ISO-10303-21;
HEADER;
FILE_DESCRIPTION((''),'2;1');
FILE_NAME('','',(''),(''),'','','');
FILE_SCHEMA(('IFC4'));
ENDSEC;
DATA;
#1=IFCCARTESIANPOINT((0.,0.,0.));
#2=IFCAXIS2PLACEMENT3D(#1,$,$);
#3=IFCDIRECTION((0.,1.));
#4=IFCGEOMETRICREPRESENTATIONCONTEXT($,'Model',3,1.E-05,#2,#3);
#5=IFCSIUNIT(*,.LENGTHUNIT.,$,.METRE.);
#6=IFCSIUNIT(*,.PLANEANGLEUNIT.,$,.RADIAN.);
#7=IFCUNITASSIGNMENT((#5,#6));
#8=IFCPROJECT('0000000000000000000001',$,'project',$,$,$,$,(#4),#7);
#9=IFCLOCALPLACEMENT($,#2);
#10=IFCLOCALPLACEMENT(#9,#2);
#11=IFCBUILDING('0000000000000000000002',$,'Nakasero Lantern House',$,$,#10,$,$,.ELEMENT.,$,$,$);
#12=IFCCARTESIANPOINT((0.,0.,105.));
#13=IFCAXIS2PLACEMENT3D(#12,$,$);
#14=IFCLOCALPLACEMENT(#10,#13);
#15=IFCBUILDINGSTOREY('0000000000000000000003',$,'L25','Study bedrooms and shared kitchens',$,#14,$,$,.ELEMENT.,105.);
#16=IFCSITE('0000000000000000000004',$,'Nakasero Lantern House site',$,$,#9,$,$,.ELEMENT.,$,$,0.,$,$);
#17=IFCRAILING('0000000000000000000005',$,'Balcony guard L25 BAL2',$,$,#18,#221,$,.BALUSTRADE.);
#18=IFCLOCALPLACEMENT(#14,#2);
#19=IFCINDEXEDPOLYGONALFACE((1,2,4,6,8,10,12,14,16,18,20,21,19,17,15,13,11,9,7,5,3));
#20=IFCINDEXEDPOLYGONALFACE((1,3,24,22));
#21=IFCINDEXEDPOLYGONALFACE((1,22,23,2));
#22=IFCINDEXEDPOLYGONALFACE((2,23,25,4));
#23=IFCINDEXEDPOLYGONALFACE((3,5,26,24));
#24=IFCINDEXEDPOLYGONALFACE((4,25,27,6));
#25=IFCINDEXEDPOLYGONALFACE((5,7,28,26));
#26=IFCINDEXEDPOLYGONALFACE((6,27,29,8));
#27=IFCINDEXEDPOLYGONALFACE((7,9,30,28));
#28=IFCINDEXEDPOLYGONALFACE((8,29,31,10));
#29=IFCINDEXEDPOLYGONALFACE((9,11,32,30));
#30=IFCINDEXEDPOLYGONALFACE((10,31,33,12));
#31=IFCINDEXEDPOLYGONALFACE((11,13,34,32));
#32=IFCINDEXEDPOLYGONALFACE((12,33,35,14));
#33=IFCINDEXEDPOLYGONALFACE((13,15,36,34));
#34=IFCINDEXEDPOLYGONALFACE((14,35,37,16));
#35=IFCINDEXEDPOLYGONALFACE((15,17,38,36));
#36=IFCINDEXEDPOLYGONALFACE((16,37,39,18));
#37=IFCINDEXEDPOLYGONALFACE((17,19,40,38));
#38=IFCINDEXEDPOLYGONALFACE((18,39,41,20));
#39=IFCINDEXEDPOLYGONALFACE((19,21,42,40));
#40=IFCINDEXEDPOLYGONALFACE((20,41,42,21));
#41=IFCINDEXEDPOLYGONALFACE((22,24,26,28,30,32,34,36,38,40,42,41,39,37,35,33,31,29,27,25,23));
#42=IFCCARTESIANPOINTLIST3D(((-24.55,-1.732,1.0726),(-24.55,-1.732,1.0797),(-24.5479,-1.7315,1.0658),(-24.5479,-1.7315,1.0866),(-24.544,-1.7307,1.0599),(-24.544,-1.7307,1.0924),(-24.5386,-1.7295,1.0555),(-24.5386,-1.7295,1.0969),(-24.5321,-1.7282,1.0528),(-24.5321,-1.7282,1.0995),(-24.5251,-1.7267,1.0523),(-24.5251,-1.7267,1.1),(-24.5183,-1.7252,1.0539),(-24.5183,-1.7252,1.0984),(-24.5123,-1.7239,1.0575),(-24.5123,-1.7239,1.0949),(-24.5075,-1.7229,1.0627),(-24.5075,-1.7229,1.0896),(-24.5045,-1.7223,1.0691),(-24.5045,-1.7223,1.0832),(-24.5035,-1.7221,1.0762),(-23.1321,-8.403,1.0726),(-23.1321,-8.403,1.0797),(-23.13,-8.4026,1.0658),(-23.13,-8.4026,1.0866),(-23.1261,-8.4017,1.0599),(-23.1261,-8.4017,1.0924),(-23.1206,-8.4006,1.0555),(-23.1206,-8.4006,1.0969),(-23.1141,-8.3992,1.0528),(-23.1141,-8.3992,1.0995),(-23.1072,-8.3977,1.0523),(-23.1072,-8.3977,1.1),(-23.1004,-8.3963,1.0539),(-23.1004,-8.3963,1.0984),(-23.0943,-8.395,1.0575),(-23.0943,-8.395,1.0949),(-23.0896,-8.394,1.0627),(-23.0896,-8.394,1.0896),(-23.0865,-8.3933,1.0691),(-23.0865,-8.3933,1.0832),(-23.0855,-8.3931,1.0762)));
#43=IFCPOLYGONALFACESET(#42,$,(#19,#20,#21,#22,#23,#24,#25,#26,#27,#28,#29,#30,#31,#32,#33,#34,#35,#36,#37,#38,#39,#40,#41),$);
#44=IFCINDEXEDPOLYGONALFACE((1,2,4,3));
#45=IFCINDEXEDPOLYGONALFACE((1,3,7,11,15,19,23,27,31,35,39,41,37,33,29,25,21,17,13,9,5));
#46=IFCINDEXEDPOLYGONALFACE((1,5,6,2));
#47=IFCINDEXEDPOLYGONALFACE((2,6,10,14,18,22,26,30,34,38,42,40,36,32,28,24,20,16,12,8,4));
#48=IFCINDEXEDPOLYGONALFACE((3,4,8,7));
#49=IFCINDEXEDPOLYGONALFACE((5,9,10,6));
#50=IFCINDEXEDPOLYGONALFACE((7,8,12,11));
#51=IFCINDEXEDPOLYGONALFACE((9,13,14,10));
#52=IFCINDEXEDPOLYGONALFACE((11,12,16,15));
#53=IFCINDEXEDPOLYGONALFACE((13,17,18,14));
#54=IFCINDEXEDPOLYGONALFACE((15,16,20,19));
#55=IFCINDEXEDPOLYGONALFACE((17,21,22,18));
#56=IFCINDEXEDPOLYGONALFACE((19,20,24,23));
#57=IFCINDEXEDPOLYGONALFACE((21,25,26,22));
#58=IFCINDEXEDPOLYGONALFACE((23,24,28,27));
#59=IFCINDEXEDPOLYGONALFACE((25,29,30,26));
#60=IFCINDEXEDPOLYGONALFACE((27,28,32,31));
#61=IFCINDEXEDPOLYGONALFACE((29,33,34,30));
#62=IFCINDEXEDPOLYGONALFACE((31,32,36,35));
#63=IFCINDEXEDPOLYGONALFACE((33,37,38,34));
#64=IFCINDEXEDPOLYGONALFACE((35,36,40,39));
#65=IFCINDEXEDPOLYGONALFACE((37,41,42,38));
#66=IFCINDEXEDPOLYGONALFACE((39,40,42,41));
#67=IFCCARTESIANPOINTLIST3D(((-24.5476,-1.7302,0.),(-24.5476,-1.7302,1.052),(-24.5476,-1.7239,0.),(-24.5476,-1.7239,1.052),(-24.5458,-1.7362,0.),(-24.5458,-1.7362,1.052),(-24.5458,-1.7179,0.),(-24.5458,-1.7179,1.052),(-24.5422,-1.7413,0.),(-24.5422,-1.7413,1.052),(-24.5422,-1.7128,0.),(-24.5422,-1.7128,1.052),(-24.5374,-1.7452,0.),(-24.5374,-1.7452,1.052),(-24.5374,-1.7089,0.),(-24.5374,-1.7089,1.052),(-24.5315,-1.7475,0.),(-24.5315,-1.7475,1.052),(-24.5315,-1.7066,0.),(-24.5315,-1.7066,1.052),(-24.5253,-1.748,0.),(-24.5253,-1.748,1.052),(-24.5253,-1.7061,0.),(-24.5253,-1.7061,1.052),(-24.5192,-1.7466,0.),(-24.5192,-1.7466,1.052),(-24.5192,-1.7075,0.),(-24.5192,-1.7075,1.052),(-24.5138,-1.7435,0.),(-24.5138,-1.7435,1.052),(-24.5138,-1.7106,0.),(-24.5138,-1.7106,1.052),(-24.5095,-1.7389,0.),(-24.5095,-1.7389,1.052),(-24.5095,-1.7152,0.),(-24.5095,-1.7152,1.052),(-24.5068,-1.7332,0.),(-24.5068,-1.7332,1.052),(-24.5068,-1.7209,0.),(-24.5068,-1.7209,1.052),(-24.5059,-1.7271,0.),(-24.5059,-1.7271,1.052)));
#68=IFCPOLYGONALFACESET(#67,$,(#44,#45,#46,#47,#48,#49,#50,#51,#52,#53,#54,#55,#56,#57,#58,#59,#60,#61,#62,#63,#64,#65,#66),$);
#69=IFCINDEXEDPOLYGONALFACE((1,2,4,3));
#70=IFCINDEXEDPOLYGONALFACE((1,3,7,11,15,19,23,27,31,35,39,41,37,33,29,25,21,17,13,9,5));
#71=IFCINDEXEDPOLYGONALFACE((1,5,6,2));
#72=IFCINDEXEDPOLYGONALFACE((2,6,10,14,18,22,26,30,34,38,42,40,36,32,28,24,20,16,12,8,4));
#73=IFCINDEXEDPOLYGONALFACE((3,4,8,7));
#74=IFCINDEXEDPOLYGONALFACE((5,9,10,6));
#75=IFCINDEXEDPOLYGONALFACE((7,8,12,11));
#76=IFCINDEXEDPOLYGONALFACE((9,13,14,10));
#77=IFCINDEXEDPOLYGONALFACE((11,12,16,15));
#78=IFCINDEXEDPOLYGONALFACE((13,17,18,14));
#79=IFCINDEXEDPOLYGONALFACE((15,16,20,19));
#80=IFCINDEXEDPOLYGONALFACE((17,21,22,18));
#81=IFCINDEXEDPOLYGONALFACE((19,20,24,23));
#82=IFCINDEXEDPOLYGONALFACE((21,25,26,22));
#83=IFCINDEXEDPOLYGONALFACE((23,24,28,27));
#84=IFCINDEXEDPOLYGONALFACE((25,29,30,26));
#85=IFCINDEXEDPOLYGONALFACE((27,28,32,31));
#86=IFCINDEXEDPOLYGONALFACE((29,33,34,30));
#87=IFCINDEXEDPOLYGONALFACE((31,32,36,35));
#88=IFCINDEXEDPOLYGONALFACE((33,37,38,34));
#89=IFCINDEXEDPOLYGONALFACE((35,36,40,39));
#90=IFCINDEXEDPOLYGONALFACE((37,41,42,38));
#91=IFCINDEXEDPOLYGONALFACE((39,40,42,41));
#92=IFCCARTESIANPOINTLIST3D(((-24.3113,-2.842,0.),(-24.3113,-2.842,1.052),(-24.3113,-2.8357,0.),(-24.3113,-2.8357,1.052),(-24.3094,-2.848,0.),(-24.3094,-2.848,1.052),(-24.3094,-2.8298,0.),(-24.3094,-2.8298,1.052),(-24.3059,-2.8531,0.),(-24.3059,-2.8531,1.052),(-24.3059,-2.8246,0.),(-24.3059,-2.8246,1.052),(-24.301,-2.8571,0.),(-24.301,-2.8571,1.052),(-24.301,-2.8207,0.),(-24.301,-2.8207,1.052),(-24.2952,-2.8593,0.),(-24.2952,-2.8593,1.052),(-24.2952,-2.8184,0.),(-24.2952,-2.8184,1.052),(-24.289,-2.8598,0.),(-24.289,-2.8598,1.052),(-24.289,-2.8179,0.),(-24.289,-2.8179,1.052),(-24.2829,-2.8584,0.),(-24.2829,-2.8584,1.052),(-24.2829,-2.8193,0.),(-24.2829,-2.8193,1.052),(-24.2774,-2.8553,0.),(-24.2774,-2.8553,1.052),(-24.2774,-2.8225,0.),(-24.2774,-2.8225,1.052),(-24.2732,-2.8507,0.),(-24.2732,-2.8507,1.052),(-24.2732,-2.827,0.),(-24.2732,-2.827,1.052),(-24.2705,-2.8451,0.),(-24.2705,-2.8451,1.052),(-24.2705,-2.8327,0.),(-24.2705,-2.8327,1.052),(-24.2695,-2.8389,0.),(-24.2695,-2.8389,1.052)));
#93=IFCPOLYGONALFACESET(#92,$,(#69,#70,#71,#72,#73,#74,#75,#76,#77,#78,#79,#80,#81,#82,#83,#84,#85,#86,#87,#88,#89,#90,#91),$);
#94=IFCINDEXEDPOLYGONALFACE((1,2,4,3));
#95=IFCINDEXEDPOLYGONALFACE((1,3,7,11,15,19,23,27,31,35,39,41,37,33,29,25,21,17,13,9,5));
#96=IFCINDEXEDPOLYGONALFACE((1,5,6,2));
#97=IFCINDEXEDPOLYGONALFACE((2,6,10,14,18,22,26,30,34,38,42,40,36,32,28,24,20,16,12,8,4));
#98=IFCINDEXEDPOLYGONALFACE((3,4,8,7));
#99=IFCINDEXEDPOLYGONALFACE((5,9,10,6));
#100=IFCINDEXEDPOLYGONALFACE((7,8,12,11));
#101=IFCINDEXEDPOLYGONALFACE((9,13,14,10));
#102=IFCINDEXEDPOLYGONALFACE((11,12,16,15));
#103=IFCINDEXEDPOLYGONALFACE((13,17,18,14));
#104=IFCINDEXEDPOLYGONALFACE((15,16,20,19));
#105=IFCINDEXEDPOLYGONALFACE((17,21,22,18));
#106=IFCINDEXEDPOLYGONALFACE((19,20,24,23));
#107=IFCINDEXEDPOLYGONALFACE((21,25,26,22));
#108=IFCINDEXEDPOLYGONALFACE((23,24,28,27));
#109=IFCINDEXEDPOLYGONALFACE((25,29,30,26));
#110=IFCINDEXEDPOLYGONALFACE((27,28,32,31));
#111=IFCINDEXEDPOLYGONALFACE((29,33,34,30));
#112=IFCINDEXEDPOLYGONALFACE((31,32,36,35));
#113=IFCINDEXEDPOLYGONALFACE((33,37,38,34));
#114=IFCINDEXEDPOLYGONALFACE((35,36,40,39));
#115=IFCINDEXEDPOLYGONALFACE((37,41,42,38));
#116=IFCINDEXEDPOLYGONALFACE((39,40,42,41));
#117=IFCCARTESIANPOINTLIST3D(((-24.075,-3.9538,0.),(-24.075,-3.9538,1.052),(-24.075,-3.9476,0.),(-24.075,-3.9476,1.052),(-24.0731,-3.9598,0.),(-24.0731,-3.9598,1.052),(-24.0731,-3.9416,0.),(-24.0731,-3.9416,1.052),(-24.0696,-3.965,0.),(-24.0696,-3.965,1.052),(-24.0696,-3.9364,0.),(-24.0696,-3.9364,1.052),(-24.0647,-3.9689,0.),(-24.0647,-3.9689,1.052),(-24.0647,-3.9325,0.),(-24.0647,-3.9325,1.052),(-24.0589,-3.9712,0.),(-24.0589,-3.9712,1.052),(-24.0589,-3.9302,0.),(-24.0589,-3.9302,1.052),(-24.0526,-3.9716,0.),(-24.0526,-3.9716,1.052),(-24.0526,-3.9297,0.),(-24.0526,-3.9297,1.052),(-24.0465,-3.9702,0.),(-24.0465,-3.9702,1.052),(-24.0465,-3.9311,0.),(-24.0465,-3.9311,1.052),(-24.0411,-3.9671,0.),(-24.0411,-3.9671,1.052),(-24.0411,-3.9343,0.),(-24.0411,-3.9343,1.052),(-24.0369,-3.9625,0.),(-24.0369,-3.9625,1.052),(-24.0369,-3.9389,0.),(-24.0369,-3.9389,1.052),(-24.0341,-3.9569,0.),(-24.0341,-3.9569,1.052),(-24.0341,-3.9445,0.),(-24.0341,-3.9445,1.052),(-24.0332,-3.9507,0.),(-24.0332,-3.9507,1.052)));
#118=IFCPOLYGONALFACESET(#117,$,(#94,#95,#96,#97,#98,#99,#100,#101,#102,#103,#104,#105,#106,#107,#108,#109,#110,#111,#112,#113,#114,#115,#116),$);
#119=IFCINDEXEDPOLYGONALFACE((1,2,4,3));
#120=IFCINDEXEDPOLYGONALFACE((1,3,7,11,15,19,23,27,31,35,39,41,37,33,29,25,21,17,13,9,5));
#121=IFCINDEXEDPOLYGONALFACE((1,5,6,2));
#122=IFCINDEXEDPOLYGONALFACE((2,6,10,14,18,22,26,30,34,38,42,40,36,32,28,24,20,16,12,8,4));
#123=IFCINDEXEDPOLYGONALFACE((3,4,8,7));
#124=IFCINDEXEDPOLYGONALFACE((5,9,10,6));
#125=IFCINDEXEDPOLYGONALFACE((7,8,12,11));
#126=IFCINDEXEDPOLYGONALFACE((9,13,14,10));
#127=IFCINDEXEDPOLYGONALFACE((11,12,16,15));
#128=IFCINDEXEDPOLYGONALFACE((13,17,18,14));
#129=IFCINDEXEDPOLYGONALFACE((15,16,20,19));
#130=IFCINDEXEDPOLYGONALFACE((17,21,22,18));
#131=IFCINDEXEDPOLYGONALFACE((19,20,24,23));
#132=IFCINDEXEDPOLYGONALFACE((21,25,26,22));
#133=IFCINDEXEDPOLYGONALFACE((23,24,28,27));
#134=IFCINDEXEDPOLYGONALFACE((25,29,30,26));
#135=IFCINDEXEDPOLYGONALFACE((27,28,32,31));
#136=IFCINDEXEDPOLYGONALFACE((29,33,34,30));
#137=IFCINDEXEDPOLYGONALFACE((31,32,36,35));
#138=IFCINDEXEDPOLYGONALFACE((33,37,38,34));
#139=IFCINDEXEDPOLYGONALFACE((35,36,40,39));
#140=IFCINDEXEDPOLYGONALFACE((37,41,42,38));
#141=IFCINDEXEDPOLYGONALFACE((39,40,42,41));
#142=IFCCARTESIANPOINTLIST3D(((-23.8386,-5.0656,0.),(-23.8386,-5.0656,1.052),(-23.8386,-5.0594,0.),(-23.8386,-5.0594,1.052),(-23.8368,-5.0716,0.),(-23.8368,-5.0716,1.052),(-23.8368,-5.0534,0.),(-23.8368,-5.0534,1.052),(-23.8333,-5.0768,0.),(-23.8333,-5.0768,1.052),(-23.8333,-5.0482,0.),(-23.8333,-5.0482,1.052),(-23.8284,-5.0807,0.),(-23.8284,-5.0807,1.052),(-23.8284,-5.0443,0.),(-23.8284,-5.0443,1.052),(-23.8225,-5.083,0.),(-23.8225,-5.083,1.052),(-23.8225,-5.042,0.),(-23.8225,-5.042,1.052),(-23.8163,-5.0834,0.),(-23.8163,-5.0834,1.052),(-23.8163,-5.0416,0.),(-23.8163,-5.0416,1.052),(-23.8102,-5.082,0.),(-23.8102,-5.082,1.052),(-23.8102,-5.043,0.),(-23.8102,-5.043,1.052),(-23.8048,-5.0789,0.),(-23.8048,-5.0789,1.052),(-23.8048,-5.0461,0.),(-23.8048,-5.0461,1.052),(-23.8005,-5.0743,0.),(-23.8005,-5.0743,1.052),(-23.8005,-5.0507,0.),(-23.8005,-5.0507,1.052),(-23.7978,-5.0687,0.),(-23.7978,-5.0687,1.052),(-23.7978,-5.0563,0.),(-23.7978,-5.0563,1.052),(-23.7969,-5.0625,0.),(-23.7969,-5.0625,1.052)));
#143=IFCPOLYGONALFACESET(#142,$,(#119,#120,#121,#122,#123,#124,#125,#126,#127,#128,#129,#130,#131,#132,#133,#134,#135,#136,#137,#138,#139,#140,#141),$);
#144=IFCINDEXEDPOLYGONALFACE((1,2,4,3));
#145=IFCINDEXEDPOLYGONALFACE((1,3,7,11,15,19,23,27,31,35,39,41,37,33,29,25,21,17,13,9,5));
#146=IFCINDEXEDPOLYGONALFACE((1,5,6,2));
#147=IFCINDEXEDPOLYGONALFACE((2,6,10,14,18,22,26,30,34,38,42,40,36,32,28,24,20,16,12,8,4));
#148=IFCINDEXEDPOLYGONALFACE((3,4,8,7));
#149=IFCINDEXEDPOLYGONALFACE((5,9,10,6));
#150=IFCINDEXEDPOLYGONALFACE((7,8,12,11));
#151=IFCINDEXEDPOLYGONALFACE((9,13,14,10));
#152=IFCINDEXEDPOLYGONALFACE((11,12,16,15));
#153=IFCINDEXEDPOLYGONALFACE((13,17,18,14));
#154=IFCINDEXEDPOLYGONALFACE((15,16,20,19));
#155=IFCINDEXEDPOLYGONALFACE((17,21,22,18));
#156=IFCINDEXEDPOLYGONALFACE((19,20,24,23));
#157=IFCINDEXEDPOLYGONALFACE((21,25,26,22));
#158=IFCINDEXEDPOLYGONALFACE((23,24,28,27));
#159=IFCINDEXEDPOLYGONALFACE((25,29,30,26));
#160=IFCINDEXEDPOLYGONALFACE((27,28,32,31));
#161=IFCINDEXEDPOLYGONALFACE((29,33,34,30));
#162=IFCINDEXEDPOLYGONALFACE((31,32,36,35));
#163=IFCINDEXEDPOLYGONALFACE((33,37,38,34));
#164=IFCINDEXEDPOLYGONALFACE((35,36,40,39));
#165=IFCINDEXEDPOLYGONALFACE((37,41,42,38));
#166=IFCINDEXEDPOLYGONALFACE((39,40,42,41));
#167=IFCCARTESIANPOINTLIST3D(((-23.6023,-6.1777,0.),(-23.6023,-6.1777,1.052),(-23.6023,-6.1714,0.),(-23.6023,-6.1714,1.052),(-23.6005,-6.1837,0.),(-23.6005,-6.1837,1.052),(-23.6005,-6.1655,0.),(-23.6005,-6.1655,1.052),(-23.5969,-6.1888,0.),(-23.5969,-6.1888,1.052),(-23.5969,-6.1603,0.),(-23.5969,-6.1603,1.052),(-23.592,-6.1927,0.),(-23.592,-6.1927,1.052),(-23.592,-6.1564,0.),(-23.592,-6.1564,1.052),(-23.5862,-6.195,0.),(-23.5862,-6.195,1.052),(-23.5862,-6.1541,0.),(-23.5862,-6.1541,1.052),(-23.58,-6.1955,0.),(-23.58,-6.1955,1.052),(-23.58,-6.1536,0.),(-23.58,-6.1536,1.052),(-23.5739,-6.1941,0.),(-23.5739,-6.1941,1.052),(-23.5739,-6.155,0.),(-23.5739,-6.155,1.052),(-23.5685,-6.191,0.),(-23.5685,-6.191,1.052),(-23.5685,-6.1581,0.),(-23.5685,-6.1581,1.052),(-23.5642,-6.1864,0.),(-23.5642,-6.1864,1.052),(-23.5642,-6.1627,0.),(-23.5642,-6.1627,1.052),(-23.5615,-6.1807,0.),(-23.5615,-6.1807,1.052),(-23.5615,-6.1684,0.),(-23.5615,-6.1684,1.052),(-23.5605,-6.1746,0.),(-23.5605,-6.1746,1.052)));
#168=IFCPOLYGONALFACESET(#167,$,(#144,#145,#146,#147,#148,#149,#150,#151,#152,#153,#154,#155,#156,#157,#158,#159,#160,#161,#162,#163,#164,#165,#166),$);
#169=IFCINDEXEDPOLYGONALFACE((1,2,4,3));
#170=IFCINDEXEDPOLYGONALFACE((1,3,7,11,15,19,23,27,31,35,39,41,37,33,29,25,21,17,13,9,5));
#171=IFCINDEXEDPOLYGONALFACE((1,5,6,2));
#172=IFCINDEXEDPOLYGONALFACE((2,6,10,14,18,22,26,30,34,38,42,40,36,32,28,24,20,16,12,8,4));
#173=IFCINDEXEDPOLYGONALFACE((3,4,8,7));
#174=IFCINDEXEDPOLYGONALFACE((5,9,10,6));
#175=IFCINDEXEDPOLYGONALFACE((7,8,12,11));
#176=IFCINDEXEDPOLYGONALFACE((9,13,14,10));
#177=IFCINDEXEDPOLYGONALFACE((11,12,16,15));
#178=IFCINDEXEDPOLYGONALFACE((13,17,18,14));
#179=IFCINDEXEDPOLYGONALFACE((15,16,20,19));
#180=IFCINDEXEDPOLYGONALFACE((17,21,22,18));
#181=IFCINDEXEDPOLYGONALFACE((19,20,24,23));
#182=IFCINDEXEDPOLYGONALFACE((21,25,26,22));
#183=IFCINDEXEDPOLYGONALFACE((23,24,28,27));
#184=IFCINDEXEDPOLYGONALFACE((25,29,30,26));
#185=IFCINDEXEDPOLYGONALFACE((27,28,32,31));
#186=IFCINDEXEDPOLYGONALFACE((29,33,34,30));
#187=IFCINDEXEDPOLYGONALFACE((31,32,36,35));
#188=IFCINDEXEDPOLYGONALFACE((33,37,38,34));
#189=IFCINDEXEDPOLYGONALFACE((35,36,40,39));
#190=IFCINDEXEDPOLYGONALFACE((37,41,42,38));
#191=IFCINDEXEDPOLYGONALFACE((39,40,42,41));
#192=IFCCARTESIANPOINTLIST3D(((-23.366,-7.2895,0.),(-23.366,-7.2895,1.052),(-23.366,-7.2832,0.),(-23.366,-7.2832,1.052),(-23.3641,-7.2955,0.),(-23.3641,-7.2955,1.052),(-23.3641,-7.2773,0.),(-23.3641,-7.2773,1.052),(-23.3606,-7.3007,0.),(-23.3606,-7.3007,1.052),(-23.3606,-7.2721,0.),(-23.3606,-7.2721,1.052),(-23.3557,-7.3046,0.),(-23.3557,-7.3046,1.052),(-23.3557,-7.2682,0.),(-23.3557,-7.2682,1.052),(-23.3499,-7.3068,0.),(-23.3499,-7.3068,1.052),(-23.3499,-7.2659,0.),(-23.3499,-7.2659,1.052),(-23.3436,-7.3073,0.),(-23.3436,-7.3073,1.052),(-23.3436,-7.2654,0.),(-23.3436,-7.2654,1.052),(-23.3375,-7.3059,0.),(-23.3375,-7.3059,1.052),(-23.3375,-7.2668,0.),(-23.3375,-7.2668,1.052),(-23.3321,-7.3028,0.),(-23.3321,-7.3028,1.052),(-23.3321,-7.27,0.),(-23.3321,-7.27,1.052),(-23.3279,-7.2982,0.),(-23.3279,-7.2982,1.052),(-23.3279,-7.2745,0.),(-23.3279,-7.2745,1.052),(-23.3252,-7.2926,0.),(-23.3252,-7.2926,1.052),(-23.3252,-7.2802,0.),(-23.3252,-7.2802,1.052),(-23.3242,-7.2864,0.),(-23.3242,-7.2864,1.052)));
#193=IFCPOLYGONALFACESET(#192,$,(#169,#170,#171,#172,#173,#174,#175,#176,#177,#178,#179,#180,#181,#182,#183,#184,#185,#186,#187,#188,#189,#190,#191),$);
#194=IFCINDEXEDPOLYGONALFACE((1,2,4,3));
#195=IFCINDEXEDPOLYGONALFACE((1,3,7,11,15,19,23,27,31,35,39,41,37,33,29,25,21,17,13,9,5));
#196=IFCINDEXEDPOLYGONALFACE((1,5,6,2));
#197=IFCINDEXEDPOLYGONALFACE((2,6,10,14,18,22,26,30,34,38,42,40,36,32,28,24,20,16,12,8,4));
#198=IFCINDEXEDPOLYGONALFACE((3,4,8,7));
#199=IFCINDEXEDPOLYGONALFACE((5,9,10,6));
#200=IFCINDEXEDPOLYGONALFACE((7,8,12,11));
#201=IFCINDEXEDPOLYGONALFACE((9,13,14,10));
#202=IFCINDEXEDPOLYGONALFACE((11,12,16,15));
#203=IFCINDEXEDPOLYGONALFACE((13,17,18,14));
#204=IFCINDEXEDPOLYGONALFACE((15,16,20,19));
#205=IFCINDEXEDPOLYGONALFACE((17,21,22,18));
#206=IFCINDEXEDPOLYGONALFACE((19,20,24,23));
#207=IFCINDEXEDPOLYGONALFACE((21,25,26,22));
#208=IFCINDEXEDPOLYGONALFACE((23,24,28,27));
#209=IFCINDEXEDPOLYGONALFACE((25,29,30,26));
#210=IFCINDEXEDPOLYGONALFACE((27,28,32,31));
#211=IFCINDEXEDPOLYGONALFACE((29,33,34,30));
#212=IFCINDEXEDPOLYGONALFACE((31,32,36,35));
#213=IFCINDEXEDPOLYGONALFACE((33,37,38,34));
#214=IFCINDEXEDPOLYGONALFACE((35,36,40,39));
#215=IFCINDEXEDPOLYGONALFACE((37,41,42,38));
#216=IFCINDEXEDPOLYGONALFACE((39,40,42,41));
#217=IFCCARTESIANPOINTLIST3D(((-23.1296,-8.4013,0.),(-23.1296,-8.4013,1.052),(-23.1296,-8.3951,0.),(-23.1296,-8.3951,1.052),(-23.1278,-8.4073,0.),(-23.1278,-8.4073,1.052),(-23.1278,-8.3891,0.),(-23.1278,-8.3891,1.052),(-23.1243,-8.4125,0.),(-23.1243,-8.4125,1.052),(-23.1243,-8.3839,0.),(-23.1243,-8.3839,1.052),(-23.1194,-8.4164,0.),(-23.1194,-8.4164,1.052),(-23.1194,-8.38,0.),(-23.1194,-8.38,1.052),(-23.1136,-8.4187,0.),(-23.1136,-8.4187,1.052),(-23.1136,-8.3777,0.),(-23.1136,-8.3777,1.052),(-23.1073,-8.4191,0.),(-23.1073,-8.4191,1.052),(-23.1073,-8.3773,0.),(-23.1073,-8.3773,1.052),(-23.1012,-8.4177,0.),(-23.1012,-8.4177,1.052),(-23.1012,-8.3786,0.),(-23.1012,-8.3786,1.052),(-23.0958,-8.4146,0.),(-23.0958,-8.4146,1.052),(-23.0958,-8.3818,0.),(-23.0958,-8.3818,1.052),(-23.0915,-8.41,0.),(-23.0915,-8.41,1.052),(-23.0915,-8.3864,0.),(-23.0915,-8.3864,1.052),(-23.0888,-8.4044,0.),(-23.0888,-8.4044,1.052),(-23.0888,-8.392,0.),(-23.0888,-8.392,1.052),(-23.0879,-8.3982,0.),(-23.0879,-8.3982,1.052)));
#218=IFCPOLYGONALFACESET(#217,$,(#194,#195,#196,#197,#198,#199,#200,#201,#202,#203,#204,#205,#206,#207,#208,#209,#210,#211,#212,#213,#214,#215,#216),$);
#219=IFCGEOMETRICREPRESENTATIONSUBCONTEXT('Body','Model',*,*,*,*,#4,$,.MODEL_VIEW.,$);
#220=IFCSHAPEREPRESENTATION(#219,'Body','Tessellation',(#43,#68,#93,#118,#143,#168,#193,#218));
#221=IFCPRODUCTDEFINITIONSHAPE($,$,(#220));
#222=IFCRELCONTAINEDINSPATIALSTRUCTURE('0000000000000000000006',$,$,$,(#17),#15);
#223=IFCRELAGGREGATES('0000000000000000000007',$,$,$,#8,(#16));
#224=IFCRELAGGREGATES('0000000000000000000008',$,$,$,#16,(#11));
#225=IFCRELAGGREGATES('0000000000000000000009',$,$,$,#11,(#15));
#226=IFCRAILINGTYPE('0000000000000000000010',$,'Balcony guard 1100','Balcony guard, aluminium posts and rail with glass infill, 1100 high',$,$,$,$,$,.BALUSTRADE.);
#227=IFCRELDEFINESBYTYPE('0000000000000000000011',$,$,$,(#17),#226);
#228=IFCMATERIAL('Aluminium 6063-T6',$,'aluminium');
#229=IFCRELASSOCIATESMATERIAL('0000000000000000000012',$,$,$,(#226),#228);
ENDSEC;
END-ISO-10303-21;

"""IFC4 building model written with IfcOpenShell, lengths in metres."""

from ifc_helpers import new_model, si_unit, direction, frame, origin, origin_2d, place, context, subcontext, project, spatial, circle, extrude, material, type_object, element, save


model = new_model("IFC4")

# Units and contexts
model_context = context("Model", 3, precision=1e-05, world=origin(), true_north=direction((0.0, 1.0)))
body_context = subcontext(model_context, "Body", "Model", "MODEL_VIEW")
ifc_project = project(units=[si_unit("LENGTHUNIT", "METRE"), si_unit("PLANEANGLEUNIT", "RADIAN")], contexts=[model_context])

# Site, building, storey
site_placement = place(None, origin())
site = spatial("IfcSite", under=ifc_project, at=site_placement, Name="Nakasero Lantern House site", CompositionType="ELEMENT", RefElevation=0.0)
building_placement = place(site_placement, origin())
building = spatial("IfcBuilding", under=site, at=building_placement, Name="Nakasero Lantern House", CompositionType="ELEMENT")
storey_placement = place(building_placement, frame((0.0, 0.0, 105.0)))
storey = spatial("IfcBuildingStorey", under=building, at=storey_placement, Name="L25", Description="Study bedrooms and shared kitchens", CompositionType="ELEMENT", Elevation=105.0)

# Railing
ifc_material_1 = material(Name="Aluminium 6063-T6", Category="aluminium")
railing_type = type_object("IfcRailingType", Name="Balcony guard 1100", Description="Balcony guard, aluminium posts and rail with glass infill, 1100 high", PredefinedType="BALUSTRADE", material=ifc_material_1)
railing_placement = place(storey_placement, frame((-24.5269, -1.7271, 0.0)))
element("IfcRailing", 1, at=railing_placement, inside=storey, type_object=railing_type, Name="Balcony guard L25 BAL2", PredefinedType="BALUSTRADE", context=body_context, shape_type="SweptSolid", body=[
    extrude(circle(Radius=0.0239, at=origin_2d()), frame((0.0, 0.0, 1.0762), z_axis=(0.207908, -0.978148, 0.0), x_axis=(0.978148, 0.207908, 0.0)), (0.0, 0.0, 1.0), 6.8201),
    extrude(circle(Radius=0.021, at=origin_2d()), origin(), (0.0, 0.0, 1.0), 1.052),
    extrude(circle(Radius=0.021, at=origin_2d()), frame((0.2363, -1.1118, 0.0)), (0.0, 0.0, 1.0), 1.052),
    extrude(circle(Radius=0.021, at=origin_2d()), frame((0.4727, -2.2236, 0.0)), (0.0, 0.0, 1.0), 1.052),
    extrude(circle(Radius=0.021, at=origin_2d()), frame((0.709, -3.3354, 0.0)), (0.0, 0.0, 1.0), 1.052),
    extrude(circle(Radius=0.021, at=origin_2d()), frame((0.9453, -4.4475, 0.0)), (0.0, 0.0, 1.0), 1.052),
    extrude(circle(Radius=0.021, at=origin_2d()), frame((1.1816, -5.5593, 0.0)), (0.0, 0.0, 1.0), 1.052),
    extrude(circle(Radius=0.021, at=origin_2d()), frame((1.418, -6.6711, 0.0)), (0.0, 0.0, 1.0), 1.052),
])

save(model, "model.ifc")
